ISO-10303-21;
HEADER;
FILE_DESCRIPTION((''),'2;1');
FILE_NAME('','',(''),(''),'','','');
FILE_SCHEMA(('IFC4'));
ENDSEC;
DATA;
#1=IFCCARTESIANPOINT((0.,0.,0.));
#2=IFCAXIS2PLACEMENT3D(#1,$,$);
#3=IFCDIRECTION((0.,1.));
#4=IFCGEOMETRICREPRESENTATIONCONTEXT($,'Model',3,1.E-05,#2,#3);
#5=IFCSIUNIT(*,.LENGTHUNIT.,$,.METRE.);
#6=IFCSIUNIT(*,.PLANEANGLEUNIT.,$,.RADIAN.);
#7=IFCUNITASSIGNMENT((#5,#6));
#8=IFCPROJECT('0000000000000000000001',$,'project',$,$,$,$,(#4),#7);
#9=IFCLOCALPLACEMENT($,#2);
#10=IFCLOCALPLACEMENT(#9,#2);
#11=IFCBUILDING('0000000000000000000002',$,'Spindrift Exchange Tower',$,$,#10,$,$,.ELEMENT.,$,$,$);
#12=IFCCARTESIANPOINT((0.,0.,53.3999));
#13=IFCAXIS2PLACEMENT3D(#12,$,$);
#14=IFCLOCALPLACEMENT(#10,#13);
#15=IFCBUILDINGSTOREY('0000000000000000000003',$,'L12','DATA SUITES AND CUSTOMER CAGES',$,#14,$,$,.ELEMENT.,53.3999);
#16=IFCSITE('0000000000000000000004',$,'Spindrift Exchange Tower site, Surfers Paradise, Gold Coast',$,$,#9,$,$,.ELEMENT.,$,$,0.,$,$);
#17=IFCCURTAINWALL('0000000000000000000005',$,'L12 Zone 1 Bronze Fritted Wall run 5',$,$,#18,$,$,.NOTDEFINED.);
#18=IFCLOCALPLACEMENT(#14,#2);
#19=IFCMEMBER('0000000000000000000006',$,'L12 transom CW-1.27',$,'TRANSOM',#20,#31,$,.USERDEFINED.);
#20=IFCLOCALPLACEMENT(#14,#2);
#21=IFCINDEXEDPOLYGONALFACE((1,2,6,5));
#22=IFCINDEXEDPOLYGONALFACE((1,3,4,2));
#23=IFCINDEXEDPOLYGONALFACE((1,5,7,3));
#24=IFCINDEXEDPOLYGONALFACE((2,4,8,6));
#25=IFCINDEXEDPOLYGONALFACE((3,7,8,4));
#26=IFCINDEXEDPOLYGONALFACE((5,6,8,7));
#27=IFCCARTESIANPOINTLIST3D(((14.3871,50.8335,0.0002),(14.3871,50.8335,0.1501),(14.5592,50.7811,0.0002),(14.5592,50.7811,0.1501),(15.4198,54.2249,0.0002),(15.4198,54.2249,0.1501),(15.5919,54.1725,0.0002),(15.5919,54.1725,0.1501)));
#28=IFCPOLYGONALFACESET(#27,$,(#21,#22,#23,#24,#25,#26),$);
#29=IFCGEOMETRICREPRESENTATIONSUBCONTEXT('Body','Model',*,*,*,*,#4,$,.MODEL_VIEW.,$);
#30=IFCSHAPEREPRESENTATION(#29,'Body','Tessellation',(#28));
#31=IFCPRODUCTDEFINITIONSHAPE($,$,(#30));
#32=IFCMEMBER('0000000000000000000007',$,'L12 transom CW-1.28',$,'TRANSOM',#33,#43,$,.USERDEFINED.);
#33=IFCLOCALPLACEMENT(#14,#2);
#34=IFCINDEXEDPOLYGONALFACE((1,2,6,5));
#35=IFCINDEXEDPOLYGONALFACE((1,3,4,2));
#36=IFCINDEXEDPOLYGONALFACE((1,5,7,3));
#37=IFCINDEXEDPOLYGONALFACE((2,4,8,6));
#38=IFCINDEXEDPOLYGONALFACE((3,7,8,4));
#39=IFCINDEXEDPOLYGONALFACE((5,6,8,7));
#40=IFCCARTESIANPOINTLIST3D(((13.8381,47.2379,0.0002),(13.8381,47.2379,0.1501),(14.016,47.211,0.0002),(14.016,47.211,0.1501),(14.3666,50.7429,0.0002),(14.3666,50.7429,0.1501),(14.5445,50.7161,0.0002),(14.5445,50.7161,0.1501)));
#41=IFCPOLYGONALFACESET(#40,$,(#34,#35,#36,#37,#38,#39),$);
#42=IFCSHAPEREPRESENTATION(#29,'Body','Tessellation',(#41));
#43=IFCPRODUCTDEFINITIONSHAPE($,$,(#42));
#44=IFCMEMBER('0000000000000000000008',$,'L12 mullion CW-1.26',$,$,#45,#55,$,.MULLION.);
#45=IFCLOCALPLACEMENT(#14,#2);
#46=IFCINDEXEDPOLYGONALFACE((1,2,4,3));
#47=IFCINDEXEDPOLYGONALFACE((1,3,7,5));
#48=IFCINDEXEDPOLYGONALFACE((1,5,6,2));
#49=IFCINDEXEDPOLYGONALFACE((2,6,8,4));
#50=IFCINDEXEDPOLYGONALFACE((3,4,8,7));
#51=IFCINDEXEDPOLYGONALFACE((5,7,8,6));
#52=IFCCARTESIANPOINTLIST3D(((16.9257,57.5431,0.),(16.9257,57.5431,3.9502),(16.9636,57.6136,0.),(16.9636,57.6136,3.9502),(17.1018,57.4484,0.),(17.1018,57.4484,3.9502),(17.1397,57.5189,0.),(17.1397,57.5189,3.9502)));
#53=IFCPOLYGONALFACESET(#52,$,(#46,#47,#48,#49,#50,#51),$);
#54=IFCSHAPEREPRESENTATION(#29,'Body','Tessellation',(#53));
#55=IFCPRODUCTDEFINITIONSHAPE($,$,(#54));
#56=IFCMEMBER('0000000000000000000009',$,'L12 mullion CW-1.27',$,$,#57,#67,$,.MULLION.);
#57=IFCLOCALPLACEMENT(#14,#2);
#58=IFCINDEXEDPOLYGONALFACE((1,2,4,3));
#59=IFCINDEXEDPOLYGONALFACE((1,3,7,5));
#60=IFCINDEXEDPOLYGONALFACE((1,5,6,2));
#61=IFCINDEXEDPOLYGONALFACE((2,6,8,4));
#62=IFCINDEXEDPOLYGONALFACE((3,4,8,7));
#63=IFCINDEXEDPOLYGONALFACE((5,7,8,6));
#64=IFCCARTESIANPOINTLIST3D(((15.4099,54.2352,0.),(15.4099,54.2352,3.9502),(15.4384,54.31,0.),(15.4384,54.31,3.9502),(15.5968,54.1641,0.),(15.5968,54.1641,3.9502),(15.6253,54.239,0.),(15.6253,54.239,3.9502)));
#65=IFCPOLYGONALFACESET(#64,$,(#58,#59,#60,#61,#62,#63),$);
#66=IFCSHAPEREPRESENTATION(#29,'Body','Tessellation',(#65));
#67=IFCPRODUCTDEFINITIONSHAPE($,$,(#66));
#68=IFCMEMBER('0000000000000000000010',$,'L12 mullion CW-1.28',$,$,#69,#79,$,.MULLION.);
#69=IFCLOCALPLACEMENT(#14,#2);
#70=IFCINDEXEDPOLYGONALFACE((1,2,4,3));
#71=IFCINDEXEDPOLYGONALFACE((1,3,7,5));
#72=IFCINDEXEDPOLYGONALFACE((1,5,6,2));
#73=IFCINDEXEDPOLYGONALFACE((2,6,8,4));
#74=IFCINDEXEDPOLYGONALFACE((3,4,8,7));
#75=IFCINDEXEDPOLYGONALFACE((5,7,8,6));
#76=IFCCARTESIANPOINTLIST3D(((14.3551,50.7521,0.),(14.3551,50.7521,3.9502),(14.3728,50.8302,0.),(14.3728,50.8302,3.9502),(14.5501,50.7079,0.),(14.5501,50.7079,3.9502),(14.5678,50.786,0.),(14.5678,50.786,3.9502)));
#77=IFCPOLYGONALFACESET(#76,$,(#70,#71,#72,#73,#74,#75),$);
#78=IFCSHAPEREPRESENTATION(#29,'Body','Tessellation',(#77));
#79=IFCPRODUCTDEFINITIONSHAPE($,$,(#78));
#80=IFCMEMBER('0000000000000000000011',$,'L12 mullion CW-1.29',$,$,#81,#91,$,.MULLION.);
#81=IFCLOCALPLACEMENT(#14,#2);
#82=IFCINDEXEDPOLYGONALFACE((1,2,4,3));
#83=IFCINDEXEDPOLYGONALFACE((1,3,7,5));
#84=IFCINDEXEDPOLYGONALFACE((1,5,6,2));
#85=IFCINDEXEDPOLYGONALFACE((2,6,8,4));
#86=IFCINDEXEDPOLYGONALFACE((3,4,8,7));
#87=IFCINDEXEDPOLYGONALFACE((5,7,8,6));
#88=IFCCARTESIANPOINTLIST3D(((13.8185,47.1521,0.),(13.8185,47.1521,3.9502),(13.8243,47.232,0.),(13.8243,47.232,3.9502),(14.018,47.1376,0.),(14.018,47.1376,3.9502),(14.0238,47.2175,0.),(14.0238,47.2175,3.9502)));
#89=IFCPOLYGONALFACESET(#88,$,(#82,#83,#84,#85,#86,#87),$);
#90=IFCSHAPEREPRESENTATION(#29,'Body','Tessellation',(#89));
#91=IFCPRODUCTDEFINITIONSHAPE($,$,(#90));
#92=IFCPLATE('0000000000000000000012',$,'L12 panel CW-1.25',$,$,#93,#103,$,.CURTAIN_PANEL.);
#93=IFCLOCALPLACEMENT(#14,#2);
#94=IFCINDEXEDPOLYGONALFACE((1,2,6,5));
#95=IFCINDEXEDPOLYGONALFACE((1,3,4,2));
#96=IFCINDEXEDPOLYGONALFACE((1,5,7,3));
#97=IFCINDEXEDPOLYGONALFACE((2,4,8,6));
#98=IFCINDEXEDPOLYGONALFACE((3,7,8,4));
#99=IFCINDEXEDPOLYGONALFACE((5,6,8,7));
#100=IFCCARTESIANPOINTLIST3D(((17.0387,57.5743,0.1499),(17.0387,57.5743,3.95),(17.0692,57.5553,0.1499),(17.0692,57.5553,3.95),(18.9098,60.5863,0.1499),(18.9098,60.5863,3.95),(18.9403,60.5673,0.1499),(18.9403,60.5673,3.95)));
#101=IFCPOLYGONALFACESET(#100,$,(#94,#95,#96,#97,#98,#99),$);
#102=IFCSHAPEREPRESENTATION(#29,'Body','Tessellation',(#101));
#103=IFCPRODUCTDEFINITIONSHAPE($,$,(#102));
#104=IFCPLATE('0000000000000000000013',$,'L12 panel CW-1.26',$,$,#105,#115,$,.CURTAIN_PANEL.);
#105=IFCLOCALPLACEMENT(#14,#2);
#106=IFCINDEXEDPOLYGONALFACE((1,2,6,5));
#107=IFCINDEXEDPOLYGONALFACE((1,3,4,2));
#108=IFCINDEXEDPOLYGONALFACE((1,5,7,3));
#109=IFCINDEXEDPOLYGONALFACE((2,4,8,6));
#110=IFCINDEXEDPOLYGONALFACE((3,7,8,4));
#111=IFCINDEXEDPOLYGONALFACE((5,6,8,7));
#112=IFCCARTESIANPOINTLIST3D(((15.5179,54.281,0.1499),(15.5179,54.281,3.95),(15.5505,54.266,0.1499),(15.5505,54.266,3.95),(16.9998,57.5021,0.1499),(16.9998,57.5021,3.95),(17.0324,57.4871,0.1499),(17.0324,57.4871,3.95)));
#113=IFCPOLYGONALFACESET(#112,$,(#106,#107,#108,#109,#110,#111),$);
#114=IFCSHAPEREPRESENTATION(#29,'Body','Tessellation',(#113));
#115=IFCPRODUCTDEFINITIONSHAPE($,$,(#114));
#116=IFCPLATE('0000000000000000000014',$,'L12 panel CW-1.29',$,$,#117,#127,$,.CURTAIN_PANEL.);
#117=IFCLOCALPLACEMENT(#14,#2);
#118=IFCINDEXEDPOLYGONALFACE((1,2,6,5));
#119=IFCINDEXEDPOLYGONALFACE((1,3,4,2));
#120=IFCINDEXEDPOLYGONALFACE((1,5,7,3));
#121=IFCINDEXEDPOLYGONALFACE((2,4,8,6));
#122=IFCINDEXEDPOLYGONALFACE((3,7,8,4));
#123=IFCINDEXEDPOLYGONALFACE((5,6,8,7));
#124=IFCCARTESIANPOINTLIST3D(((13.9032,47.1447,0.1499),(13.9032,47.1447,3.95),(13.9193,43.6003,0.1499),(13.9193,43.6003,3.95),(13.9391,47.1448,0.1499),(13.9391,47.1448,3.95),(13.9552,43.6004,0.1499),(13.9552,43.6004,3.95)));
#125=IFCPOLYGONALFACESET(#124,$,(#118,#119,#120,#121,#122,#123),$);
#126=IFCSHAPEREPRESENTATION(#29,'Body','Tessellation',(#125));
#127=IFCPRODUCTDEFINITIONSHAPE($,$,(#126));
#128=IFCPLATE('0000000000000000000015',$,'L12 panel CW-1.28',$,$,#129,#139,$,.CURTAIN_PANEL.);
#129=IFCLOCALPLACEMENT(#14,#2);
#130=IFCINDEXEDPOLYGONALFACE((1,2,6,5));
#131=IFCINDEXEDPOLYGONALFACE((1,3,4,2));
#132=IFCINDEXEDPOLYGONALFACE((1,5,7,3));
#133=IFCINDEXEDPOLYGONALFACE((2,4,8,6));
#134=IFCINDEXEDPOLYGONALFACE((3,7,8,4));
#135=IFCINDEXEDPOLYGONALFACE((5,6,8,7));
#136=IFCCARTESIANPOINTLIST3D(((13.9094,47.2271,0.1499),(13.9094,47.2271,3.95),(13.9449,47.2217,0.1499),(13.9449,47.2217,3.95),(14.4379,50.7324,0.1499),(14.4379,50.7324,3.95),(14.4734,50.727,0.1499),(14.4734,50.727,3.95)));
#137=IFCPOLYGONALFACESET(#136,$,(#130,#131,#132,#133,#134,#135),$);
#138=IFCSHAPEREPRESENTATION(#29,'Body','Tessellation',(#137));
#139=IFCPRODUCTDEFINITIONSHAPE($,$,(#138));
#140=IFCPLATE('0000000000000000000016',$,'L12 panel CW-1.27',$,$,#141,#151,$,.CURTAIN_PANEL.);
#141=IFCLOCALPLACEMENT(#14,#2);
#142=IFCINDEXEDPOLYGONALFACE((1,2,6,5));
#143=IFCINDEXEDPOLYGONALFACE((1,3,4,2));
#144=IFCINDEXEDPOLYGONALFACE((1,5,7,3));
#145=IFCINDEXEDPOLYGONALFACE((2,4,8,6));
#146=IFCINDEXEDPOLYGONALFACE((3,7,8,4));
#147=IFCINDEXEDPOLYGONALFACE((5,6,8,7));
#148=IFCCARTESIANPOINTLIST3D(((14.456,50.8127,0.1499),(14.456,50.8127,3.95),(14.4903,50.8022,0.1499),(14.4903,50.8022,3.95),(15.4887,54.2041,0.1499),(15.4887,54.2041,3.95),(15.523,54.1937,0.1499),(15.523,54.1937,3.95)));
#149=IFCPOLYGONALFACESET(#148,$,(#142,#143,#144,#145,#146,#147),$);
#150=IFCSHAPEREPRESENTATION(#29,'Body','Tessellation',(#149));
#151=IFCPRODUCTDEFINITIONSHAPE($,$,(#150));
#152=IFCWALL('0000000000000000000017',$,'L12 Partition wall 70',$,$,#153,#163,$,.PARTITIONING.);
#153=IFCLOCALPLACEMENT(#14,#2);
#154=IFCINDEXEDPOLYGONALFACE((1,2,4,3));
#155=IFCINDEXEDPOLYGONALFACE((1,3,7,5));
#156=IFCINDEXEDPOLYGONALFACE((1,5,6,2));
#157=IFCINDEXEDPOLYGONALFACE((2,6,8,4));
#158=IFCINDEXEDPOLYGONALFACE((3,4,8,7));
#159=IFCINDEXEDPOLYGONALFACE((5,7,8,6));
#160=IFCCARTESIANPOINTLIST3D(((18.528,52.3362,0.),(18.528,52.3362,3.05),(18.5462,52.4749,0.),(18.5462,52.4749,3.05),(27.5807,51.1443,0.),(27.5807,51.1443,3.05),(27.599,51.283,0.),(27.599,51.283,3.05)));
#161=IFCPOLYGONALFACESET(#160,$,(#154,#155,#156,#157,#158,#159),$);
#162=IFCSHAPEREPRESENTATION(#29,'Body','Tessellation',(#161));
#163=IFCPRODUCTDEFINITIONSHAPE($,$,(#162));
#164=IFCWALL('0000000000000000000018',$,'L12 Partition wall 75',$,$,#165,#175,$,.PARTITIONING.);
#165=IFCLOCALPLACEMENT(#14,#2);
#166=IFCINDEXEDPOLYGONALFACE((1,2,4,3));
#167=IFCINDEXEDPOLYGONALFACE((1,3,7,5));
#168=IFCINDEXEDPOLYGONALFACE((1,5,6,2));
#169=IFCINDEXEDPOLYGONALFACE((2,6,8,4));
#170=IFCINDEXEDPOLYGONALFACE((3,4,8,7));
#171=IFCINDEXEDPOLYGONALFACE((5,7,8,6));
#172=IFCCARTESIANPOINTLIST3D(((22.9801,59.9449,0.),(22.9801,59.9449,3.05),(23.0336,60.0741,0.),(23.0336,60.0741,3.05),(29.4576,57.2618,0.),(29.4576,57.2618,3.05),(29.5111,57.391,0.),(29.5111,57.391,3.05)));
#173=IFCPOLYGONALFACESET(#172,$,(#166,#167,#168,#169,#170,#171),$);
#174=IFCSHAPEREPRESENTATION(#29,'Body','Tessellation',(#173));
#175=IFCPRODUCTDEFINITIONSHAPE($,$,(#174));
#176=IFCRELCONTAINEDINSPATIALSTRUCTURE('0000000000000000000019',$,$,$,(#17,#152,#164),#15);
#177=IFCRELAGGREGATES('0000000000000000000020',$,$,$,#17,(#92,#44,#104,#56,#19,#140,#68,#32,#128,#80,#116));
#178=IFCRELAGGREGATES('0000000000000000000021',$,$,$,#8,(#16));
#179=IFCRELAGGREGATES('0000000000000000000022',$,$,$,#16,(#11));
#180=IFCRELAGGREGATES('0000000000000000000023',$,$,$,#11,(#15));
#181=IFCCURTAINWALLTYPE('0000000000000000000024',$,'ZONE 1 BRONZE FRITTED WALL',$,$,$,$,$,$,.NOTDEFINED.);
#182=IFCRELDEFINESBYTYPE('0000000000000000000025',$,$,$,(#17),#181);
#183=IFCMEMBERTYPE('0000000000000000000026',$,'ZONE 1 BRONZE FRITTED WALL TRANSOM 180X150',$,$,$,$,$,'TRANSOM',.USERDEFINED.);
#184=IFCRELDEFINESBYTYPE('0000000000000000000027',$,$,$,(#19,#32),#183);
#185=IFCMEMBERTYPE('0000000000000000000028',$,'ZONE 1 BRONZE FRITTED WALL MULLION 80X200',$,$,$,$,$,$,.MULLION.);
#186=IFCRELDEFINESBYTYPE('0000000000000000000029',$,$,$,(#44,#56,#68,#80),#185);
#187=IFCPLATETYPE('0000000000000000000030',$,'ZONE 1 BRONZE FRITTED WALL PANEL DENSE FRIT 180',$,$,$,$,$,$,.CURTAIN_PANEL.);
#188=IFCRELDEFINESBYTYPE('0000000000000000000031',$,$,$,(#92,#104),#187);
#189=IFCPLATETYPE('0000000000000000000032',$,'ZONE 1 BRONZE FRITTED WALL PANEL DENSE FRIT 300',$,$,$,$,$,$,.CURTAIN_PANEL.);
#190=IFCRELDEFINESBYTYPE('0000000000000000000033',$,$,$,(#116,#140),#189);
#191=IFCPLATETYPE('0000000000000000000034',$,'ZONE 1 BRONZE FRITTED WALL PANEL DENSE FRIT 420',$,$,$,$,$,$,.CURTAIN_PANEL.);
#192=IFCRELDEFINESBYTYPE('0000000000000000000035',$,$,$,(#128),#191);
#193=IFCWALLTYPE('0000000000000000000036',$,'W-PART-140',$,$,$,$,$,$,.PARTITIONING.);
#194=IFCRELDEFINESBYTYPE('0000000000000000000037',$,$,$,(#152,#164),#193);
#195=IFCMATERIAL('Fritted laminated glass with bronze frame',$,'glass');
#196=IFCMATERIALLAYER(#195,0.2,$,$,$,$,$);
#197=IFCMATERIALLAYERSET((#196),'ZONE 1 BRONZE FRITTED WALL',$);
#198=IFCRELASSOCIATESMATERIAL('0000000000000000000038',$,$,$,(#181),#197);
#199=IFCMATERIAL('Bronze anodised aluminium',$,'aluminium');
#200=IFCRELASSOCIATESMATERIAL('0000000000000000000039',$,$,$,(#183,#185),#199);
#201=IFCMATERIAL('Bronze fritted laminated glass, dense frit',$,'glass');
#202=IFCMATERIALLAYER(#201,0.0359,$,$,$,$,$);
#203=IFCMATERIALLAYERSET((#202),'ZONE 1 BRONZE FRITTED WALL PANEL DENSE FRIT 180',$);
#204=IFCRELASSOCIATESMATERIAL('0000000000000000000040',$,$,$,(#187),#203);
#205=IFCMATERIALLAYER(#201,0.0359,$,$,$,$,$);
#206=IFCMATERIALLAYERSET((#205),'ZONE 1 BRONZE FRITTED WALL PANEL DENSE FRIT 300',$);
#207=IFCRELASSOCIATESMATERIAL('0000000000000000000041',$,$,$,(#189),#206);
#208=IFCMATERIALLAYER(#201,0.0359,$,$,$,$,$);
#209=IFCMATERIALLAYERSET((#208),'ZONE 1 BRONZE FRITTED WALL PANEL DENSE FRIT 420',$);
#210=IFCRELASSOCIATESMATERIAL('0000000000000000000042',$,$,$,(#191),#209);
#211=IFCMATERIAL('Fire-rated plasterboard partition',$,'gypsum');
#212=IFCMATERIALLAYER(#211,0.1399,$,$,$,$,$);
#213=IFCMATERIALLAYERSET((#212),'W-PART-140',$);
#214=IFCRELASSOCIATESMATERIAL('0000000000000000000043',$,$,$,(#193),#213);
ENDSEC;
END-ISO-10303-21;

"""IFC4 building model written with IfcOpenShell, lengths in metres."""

from ifc_helpers import new_model, si_unit, direction, frame, frame_2d, origin, origin_2d, place, context, subcontext, project, spatial, rectangle, extrude, source, transform, mapped, material, layer, layer_set, material_profile, profile_set, type_object, element, aggregate, save


model = new_model("IFC4")

# Units and contexts
model_context = context("Model", 3, precision=1e-05, world=origin(), true_north=direction((0.0, 1.0)))
body_context = subcontext(model_context, "Body", "Model", "MODEL_VIEW")
ifc_project = project(units=[si_unit("LENGTHUNIT", "METRE"), si_unit("PLANEANGLEUNIT", "RADIAN")], contexts=[model_context])

# Site, building, storey
site_placement = place(None, origin())
site = spatial("IfcSite", under=ifc_project, at=site_placement, Name="Spindrift Exchange Tower site, Surfers Paradise, Gold Coast", CompositionType="ELEMENT", RefElevation=0.0)
building_placement = place(site_placement, origin())
building = spatial("IfcBuilding", under=site, at=building_placement, Name="Spindrift Exchange Tower", CompositionType="ELEMENT")
storey_placement = place(building_placement, frame((0.0, 0.0, 53.3999)))
storey = spatial("IfcBuildingStorey", under=building, at=storey_placement, Name="L12", Description="DATA SUITES AND CUSTOMER CAGES", CompositionType="ELEMENT", Elevation=53.3999)

# Curtain wall, members, plates
ifc_material_1 = material(Name="Fritted laminated glass with bronze frame", Category="glass")
ifc_layer_1 = layer(ifc_material_1, 0.2)
ifc_layer_set_1 = layer_set([ifc_layer_1], Name="ZONE 1 BRONZE FRITTED WALL")
curtain_wall_type = type_object("IfcCurtainWallType", Name="ZONE 1 BRONZE FRITTED WALL", PredefinedType="NOTDEFINED", material=ifc_layer_set_1)
curtain_wall_placement = place(storey_placement, origin())
curtain_wall = element("IfcCurtainWall", 1, at=curtain_wall_placement, inside=storey, type_object=curtain_wall_type, Name="L12 Zone 1 Bronze Fritted Wall run 5", PredefinedType="NOTDEFINED")
ifc_material_2 = material(Name="Bronze anodised aluminium", Category="aluminium")
ifc_material_profile_1 = material_profile(ifc_material_2, rectangle(XDim=0.1799, YDim=0.1499, at=origin_2d()), Name="ZONE 1 BRONZE FRITTED WALL TRANSOM 180X150")
ifc_profile_set_1 = profile_set([ifc_material_profile_1], Name="Bronze anodised aluminium")
member_type_1 = type_object("IfcMemberType", Name="ZONE 1 BRONZE FRITTED WALL TRANSOM 180X150", ElementType="TRANSOM", PredefinedType="USERDEFINED", material=ifc_profile_set_1)
shared_shape_1 = source(origin(), body_context, "Body", "SweptSolid", [
    extrude(rectangle(XDim=0.1799, YDim=0.1499, at=origin_2d()), origin(), (0.0, 0.0, 1.0), 3.5452),
])
member_1_placement = place(storey_placement, frame((15.5059, 54.1987, 0.0752), z_axis=(-0.291307, -0.95663, 0.0), x_axis=(0.95663, -0.291307, 0.0)))
member_1 = element("IfcMember", 2, at=member_1_placement, type_object=member_type_1, Name="L12 transom CW-1.27", ObjectType="TRANSOM", PredefinedType="USERDEFINED", context=body_context, shape_type="MappedRepresentation", body=[
    mapped(shared_shape_1, transform((0.0, 0.0, 0.0), scale=1.0)),
])
shared_shape_2 = source(origin(), body_context, "Body", "SweptSolid", [
    extrude(rectangle(XDim=0.1799, YDim=0.1499, at=origin_2d()), origin(), (0.0, 0.0, 1.0), 3.5447),
])
member_2_placement = place(storey_placement, frame((14.4556, 50.7295, 0.0752), z_axis=(-0.149112, -0.98882, 0.0), x_axis=(0.98882, -0.149112, 0.0)))
member_2 = element("IfcMember", 3, at=member_2_placement, type_object=member_type_1, Name="L12 transom CW-1.28", ObjectType="TRANSOM", PredefinedType="USERDEFINED", context=body_context, shape_type="MappedRepresentation", body=[
    mapped(shared_shape_2, transform((0.0, 0.0, 0.0), scale=1.0)),
])
ifc_material_profile_2 = material_profile(ifc_material_2, rectangle(XDim=0.0801, YDim=0.2, at=origin_2d()), Name="ZONE 1 BRONZE FRITTED WALL MULLION 80X200")
ifc_profile_set_2 = profile_set([ifc_material_profile_2], Name="Bronze anodised aluminium")
member_type_2 = type_object("IfcMemberType", Name="ZONE 1 BRONZE FRITTED WALL MULLION 80X200", PredefinedType="MULLION", material=ifc_profile_set_2)
shared_shape_3 = source(origin(), body_context, "Body", "SweptSolid", [
    extrude(rectangle(XDim=0.0801, YDim=0.2, at=origin_2d()), origin(), (0.0, 0.0, 1.0), 3.9502),
])
member_3_placement = place(storey_placement, frame((17.0327, 57.531, 0.0), z_axis=(0.0, 0.0, 1.0), x_axis=(-0.473733, -0.880669, 0.0)))
member_3 = element("IfcMember", 4, at=member_3_placement, type_object=member_type_2, Name="L12 mullion CW-1.26", PredefinedType="MULLION", context=body_context, shape_type="MappedRepresentation", body=[
    mapped(shared_shape_3, transform((0.0, 0.0, 0.0), scale=1.0)),
])
member_4_placement = place(storey_placement, frame((15.5176, 54.2371, 0.0), z_axis=(0.0, 0.0, 1.0), x_axis=(-0.355433, -0.934702, 0.0)))
member_4 = element("IfcMember", 5, at=member_4_placement, type_object=member_type_2, Name="L12 mullion CW-1.27", PredefinedType="MULLION", context=body_context, shape_type="MappedRepresentation", body=[
    mapped(shared_shape_3, transform((0.0, 0.0, 0.0), scale=1.0)),
])
member_5_placement = place(storey_placement, frame((14.4614, 50.769, 0.0), z_axis=(0.0, 0.0, 1.0), x_axis=(-0.220776, -0.975325, 0.0)))
member_5 = element("IfcMember", 6, at=member_5_placement, type_object=member_type_2, Name="L12 mullion CW-1.28", PredefinedType="MULLION", context=body_context, shape_type="MappedRepresentation", body=[
    mapped(shared_shape_3, transform((0.0, 0.0, 0.0), scale=1.0)),
])
member_6_placement = place(storey_placement, frame((13.9211, 47.1848, 0.0), z_axis=(0.0, 0.0, 1.0), x_axis=(-0.072481, -0.99737, 0.0)))
member_6 = element("IfcMember", 7, at=member_6_placement, type_object=member_type_2, Name="L12 mullion CW-1.29", PredefinedType="MULLION", context=body_context, shape_type="MappedRepresentation", body=[
    mapped(shared_shape_3, transform((0.0, 0.0, 0.0), scale=1.0)),
])
ifc_material_3 = material(Name="Bronze fritted laminated glass, dense frit", Category="glass")
ifc_layer_2 = layer(ifc_material_3, 0.0359)
ifc_layer_set_2 = layer_set([ifc_layer_2], Name="ZONE 1 BRONZE FRITTED WALL PANEL DENSE FRIT 180")
plate_type_1 = type_object("IfcPlateType", Name="ZONE 1 BRONZE FRITTED WALL PANEL DENSE FRIT 180", PredefinedType="CURTAIN_PANEL", material=ifc_layer_set_2)
shared_shape_4 = source(origin(), body_context, "Body", "SweptSolid", [
    extrude(rectangle(XDim=3.5459, YDim=0.0359, at=origin_2d()), origin(), (0.0, 0.0, 1.0), 3.8),
])
plate_1_placement = place(storey_placement, frame((17.9895, 59.0708, 0.1499), z_axis=(0.0, 0.0, 1.0), x_axis=(-0.527684, -0.849441, 0.0)))
plate_1 = element("IfcPlate", 8, at=plate_1_placement, type_object=plate_type_1, Name="L12 panel CW-1.25", PredefinedType="CURTAIN_PANEL", context=body_context, shape_type="MappedRepresentation", body=[
    mapped(shared_shape_4, transform((0.0, 0.0, 0.0), scale=1.0)),
])
shared_shape_5 = source(origin(), body_context, "Body", "SweptSolid", [
    extrude(rectangle(XDim=3.5457, YDim=0.0359, at=origin_2d()), origin(), (0.0, 0.0, 1.0), 3.8),
])
plate_2_placement = place(storey_placement, frame((16.2751, 55.884, 0.1499), z_axis=(0.0, 0.0, 1.0), x_axis=(-0.41794, -0.908475, 0.0)))
plate_2 = element("IfcPlate", 9, at=plate_2_placement, type_object=plate_type_1, Name="L12 panel CW-1.26", PredefinedType="CURTAIN_PANEL", context=body_context, shape_type="MappedRepresentation", body=[
    mapped(shared_shape_5, transform((0.0, 0.0, 0.0), scale=1.0)),
])
ifc_layer_3 = layer(ifc_material_3, 0.0359)
ifc_layer_set_3 = layer_set([ifc_layer_3], Name="ZONE 1 BRONZE FRITTED WALL PANEL DENSE FRIT 300")
plate_type_2 = type_object("IfcPlateType", Name="ZONE 1 BRONZE FRITTED WALL PANEL DENSE FRIT 300", PredefinedType="CURTAIN_PANEL", material=ifc_layer_set_3)
shared_shape_6 = source(origin(), body_context, "Body", "SweptSolid", [
    extrude(rectangle(XDim=3.5444, YDim=0.0359, at=origin_2d()), origin(), (0.0, 0.0, 1.0), 3.8),
])
plate_3_placement = place(storey_placement, frame((13.9292, 45.3726, 0.1499), z_axis=(0.0, 0.0, 1.0), x_axis=(0.004552, -0.99999, 0.0)))
plate_3 = element("IfcPlate", 10, at=plate_3_placement, type_object=plate_type_2, Name="L12 panel CW-1.29", PredefinedType="CURTAIN_PANEL", context=body_context, shape_type="MappedRepresentation", body=[
    mapped(shared_shape_6, transform((0.0, 0.0, 0.0), scale=1.0)),
])
ifc_layer_4 = layer(ifc_material_3, 0.0359)
ifc_layer_set_4 = layer_set([ifc_layer_4], Name="ZONE 1 BRONZE FRITTED WALL PANEL DENSE FRIT 420")
plate_type_3 = type_object("IfcPlateType", Name="ZONE 1 BRONZE FRITTED WALL PANEL DENSE FRIT 420", PredefinedType="CURTAIN_PANEL", material=ifc_layer_set_4)
shared_shape_7 = source(origin(), body_context, "Body", "SweptSolid", [
    extrude(rectangle(XDim=3.5449, YDim=0.0359, at=origin_2d()), origin(), (0.0, 0.0, 1.0), 3.8),
])
plate_4_placement = place(storey_placement, frame((14.1914, 48.9771, 0.1499), z_axis=(0.0, 0.0, 1.0), x_axis=(-0.149083, -0.988825, 0.0)))
plate_4 = element("IfcPlate", 11, at=plate_4_placement, type_object=plate_type_3, Name="L12 panel CW-1.28", PredefinedType="CURTAIN_PANEL", context=body_context, shape_type="MappedRepresentation", body=[
    mapped(shared_shape_7, transform((0.0, 0.0, 0.0), scale=1.0)),
])
shared_shape_8 = source(origin(), body_context, "Body", "SweptSolid", [
    extrude(rectangle(XDim=3.5452, YDim=0.0359, at=origin_2d()), origin(), (0.0, 0.0, 1.0), 3.8),
])
plate_5_placement = place(storey_placement, frame((14.9895, 52.5032, 0.1499), z_axis=(0.0, 0.0, 1.0), x_axis=(-0.291293, -0.956634, 0.0)))
plate_5 = element("IfcPlate", 12, at=plate_5_placement, type_object=plate_type_2, Name="L12 panel CW-1.27", PredefinedType="CURTAIN_PANEL", context=body_context, shape_type="MappedRepresentation", body=[
    mapped(shared_shape_8, transform((0.0, 0.0, 0.0), scale=1.0)),
])
aggregate(curtain_wall, [plate_1, member_3, plate_2, member_4, member_1, plate_5, member_5, member_2, plate_4, member_6, plate_3])

# Walls
ifc_material_4 = material(Name="Fire-rated plasterboard partition", Category="gypsum")
ifc_layer_5 = layer(ifc_material_4, 0.1399)
ifc_layer_set_5 = layer_set([ifc_layer_5], Name="W-PART-140")
wall_type = type_object("IfcWallType", Name="W-PART-140", PredefinedType="PARTITIONING", material=ifc_layer_set_5)
wall_1_placement = place(storey_placement, frame((27.5898, 51.2136, 0.0), z_axis=(0.0, 0.0, 1.0), x_axis=(-0.991444, 0.130535, 0.0)))
element("IfcWall", 13, at=wall_1_placement, inside=storey, type_object=wall_type, Name="L12 Partition wall 70", PredefinedType="PARTITIONING", context=body_context, shape_type="SweptSolid", body=[
    extrude(rectangle(XDim=9.1309, YDim=0.1399, at=frame_2d((4.5654, 0.0))), origin(), (0.0, 0.0, 1.0), 3.05),
])
wall_2_placement = place(storey_placement, frame((29.4844, 57.3264, 0.0), z_axis=(0.0, 0.0, 1.0), x_axis=(-0.923878, 0.382686, 0.0)))
element("IfcWall", 14, at=wall_2_placement, inside=storey, type_object=wall_type, Name="L12 Partition wall 75", PredefinedType="PARTITIONING", context=body_context, shape_type="SweptSolid", body=[
    extrude(rectangle(XDim=7.0112, YDim=0.1399, at=frame_2d((3.5056, 0.0))), origin(), (0.0, 0.0, 1.0), 3.05),
])

save(model, "model.ifc")
